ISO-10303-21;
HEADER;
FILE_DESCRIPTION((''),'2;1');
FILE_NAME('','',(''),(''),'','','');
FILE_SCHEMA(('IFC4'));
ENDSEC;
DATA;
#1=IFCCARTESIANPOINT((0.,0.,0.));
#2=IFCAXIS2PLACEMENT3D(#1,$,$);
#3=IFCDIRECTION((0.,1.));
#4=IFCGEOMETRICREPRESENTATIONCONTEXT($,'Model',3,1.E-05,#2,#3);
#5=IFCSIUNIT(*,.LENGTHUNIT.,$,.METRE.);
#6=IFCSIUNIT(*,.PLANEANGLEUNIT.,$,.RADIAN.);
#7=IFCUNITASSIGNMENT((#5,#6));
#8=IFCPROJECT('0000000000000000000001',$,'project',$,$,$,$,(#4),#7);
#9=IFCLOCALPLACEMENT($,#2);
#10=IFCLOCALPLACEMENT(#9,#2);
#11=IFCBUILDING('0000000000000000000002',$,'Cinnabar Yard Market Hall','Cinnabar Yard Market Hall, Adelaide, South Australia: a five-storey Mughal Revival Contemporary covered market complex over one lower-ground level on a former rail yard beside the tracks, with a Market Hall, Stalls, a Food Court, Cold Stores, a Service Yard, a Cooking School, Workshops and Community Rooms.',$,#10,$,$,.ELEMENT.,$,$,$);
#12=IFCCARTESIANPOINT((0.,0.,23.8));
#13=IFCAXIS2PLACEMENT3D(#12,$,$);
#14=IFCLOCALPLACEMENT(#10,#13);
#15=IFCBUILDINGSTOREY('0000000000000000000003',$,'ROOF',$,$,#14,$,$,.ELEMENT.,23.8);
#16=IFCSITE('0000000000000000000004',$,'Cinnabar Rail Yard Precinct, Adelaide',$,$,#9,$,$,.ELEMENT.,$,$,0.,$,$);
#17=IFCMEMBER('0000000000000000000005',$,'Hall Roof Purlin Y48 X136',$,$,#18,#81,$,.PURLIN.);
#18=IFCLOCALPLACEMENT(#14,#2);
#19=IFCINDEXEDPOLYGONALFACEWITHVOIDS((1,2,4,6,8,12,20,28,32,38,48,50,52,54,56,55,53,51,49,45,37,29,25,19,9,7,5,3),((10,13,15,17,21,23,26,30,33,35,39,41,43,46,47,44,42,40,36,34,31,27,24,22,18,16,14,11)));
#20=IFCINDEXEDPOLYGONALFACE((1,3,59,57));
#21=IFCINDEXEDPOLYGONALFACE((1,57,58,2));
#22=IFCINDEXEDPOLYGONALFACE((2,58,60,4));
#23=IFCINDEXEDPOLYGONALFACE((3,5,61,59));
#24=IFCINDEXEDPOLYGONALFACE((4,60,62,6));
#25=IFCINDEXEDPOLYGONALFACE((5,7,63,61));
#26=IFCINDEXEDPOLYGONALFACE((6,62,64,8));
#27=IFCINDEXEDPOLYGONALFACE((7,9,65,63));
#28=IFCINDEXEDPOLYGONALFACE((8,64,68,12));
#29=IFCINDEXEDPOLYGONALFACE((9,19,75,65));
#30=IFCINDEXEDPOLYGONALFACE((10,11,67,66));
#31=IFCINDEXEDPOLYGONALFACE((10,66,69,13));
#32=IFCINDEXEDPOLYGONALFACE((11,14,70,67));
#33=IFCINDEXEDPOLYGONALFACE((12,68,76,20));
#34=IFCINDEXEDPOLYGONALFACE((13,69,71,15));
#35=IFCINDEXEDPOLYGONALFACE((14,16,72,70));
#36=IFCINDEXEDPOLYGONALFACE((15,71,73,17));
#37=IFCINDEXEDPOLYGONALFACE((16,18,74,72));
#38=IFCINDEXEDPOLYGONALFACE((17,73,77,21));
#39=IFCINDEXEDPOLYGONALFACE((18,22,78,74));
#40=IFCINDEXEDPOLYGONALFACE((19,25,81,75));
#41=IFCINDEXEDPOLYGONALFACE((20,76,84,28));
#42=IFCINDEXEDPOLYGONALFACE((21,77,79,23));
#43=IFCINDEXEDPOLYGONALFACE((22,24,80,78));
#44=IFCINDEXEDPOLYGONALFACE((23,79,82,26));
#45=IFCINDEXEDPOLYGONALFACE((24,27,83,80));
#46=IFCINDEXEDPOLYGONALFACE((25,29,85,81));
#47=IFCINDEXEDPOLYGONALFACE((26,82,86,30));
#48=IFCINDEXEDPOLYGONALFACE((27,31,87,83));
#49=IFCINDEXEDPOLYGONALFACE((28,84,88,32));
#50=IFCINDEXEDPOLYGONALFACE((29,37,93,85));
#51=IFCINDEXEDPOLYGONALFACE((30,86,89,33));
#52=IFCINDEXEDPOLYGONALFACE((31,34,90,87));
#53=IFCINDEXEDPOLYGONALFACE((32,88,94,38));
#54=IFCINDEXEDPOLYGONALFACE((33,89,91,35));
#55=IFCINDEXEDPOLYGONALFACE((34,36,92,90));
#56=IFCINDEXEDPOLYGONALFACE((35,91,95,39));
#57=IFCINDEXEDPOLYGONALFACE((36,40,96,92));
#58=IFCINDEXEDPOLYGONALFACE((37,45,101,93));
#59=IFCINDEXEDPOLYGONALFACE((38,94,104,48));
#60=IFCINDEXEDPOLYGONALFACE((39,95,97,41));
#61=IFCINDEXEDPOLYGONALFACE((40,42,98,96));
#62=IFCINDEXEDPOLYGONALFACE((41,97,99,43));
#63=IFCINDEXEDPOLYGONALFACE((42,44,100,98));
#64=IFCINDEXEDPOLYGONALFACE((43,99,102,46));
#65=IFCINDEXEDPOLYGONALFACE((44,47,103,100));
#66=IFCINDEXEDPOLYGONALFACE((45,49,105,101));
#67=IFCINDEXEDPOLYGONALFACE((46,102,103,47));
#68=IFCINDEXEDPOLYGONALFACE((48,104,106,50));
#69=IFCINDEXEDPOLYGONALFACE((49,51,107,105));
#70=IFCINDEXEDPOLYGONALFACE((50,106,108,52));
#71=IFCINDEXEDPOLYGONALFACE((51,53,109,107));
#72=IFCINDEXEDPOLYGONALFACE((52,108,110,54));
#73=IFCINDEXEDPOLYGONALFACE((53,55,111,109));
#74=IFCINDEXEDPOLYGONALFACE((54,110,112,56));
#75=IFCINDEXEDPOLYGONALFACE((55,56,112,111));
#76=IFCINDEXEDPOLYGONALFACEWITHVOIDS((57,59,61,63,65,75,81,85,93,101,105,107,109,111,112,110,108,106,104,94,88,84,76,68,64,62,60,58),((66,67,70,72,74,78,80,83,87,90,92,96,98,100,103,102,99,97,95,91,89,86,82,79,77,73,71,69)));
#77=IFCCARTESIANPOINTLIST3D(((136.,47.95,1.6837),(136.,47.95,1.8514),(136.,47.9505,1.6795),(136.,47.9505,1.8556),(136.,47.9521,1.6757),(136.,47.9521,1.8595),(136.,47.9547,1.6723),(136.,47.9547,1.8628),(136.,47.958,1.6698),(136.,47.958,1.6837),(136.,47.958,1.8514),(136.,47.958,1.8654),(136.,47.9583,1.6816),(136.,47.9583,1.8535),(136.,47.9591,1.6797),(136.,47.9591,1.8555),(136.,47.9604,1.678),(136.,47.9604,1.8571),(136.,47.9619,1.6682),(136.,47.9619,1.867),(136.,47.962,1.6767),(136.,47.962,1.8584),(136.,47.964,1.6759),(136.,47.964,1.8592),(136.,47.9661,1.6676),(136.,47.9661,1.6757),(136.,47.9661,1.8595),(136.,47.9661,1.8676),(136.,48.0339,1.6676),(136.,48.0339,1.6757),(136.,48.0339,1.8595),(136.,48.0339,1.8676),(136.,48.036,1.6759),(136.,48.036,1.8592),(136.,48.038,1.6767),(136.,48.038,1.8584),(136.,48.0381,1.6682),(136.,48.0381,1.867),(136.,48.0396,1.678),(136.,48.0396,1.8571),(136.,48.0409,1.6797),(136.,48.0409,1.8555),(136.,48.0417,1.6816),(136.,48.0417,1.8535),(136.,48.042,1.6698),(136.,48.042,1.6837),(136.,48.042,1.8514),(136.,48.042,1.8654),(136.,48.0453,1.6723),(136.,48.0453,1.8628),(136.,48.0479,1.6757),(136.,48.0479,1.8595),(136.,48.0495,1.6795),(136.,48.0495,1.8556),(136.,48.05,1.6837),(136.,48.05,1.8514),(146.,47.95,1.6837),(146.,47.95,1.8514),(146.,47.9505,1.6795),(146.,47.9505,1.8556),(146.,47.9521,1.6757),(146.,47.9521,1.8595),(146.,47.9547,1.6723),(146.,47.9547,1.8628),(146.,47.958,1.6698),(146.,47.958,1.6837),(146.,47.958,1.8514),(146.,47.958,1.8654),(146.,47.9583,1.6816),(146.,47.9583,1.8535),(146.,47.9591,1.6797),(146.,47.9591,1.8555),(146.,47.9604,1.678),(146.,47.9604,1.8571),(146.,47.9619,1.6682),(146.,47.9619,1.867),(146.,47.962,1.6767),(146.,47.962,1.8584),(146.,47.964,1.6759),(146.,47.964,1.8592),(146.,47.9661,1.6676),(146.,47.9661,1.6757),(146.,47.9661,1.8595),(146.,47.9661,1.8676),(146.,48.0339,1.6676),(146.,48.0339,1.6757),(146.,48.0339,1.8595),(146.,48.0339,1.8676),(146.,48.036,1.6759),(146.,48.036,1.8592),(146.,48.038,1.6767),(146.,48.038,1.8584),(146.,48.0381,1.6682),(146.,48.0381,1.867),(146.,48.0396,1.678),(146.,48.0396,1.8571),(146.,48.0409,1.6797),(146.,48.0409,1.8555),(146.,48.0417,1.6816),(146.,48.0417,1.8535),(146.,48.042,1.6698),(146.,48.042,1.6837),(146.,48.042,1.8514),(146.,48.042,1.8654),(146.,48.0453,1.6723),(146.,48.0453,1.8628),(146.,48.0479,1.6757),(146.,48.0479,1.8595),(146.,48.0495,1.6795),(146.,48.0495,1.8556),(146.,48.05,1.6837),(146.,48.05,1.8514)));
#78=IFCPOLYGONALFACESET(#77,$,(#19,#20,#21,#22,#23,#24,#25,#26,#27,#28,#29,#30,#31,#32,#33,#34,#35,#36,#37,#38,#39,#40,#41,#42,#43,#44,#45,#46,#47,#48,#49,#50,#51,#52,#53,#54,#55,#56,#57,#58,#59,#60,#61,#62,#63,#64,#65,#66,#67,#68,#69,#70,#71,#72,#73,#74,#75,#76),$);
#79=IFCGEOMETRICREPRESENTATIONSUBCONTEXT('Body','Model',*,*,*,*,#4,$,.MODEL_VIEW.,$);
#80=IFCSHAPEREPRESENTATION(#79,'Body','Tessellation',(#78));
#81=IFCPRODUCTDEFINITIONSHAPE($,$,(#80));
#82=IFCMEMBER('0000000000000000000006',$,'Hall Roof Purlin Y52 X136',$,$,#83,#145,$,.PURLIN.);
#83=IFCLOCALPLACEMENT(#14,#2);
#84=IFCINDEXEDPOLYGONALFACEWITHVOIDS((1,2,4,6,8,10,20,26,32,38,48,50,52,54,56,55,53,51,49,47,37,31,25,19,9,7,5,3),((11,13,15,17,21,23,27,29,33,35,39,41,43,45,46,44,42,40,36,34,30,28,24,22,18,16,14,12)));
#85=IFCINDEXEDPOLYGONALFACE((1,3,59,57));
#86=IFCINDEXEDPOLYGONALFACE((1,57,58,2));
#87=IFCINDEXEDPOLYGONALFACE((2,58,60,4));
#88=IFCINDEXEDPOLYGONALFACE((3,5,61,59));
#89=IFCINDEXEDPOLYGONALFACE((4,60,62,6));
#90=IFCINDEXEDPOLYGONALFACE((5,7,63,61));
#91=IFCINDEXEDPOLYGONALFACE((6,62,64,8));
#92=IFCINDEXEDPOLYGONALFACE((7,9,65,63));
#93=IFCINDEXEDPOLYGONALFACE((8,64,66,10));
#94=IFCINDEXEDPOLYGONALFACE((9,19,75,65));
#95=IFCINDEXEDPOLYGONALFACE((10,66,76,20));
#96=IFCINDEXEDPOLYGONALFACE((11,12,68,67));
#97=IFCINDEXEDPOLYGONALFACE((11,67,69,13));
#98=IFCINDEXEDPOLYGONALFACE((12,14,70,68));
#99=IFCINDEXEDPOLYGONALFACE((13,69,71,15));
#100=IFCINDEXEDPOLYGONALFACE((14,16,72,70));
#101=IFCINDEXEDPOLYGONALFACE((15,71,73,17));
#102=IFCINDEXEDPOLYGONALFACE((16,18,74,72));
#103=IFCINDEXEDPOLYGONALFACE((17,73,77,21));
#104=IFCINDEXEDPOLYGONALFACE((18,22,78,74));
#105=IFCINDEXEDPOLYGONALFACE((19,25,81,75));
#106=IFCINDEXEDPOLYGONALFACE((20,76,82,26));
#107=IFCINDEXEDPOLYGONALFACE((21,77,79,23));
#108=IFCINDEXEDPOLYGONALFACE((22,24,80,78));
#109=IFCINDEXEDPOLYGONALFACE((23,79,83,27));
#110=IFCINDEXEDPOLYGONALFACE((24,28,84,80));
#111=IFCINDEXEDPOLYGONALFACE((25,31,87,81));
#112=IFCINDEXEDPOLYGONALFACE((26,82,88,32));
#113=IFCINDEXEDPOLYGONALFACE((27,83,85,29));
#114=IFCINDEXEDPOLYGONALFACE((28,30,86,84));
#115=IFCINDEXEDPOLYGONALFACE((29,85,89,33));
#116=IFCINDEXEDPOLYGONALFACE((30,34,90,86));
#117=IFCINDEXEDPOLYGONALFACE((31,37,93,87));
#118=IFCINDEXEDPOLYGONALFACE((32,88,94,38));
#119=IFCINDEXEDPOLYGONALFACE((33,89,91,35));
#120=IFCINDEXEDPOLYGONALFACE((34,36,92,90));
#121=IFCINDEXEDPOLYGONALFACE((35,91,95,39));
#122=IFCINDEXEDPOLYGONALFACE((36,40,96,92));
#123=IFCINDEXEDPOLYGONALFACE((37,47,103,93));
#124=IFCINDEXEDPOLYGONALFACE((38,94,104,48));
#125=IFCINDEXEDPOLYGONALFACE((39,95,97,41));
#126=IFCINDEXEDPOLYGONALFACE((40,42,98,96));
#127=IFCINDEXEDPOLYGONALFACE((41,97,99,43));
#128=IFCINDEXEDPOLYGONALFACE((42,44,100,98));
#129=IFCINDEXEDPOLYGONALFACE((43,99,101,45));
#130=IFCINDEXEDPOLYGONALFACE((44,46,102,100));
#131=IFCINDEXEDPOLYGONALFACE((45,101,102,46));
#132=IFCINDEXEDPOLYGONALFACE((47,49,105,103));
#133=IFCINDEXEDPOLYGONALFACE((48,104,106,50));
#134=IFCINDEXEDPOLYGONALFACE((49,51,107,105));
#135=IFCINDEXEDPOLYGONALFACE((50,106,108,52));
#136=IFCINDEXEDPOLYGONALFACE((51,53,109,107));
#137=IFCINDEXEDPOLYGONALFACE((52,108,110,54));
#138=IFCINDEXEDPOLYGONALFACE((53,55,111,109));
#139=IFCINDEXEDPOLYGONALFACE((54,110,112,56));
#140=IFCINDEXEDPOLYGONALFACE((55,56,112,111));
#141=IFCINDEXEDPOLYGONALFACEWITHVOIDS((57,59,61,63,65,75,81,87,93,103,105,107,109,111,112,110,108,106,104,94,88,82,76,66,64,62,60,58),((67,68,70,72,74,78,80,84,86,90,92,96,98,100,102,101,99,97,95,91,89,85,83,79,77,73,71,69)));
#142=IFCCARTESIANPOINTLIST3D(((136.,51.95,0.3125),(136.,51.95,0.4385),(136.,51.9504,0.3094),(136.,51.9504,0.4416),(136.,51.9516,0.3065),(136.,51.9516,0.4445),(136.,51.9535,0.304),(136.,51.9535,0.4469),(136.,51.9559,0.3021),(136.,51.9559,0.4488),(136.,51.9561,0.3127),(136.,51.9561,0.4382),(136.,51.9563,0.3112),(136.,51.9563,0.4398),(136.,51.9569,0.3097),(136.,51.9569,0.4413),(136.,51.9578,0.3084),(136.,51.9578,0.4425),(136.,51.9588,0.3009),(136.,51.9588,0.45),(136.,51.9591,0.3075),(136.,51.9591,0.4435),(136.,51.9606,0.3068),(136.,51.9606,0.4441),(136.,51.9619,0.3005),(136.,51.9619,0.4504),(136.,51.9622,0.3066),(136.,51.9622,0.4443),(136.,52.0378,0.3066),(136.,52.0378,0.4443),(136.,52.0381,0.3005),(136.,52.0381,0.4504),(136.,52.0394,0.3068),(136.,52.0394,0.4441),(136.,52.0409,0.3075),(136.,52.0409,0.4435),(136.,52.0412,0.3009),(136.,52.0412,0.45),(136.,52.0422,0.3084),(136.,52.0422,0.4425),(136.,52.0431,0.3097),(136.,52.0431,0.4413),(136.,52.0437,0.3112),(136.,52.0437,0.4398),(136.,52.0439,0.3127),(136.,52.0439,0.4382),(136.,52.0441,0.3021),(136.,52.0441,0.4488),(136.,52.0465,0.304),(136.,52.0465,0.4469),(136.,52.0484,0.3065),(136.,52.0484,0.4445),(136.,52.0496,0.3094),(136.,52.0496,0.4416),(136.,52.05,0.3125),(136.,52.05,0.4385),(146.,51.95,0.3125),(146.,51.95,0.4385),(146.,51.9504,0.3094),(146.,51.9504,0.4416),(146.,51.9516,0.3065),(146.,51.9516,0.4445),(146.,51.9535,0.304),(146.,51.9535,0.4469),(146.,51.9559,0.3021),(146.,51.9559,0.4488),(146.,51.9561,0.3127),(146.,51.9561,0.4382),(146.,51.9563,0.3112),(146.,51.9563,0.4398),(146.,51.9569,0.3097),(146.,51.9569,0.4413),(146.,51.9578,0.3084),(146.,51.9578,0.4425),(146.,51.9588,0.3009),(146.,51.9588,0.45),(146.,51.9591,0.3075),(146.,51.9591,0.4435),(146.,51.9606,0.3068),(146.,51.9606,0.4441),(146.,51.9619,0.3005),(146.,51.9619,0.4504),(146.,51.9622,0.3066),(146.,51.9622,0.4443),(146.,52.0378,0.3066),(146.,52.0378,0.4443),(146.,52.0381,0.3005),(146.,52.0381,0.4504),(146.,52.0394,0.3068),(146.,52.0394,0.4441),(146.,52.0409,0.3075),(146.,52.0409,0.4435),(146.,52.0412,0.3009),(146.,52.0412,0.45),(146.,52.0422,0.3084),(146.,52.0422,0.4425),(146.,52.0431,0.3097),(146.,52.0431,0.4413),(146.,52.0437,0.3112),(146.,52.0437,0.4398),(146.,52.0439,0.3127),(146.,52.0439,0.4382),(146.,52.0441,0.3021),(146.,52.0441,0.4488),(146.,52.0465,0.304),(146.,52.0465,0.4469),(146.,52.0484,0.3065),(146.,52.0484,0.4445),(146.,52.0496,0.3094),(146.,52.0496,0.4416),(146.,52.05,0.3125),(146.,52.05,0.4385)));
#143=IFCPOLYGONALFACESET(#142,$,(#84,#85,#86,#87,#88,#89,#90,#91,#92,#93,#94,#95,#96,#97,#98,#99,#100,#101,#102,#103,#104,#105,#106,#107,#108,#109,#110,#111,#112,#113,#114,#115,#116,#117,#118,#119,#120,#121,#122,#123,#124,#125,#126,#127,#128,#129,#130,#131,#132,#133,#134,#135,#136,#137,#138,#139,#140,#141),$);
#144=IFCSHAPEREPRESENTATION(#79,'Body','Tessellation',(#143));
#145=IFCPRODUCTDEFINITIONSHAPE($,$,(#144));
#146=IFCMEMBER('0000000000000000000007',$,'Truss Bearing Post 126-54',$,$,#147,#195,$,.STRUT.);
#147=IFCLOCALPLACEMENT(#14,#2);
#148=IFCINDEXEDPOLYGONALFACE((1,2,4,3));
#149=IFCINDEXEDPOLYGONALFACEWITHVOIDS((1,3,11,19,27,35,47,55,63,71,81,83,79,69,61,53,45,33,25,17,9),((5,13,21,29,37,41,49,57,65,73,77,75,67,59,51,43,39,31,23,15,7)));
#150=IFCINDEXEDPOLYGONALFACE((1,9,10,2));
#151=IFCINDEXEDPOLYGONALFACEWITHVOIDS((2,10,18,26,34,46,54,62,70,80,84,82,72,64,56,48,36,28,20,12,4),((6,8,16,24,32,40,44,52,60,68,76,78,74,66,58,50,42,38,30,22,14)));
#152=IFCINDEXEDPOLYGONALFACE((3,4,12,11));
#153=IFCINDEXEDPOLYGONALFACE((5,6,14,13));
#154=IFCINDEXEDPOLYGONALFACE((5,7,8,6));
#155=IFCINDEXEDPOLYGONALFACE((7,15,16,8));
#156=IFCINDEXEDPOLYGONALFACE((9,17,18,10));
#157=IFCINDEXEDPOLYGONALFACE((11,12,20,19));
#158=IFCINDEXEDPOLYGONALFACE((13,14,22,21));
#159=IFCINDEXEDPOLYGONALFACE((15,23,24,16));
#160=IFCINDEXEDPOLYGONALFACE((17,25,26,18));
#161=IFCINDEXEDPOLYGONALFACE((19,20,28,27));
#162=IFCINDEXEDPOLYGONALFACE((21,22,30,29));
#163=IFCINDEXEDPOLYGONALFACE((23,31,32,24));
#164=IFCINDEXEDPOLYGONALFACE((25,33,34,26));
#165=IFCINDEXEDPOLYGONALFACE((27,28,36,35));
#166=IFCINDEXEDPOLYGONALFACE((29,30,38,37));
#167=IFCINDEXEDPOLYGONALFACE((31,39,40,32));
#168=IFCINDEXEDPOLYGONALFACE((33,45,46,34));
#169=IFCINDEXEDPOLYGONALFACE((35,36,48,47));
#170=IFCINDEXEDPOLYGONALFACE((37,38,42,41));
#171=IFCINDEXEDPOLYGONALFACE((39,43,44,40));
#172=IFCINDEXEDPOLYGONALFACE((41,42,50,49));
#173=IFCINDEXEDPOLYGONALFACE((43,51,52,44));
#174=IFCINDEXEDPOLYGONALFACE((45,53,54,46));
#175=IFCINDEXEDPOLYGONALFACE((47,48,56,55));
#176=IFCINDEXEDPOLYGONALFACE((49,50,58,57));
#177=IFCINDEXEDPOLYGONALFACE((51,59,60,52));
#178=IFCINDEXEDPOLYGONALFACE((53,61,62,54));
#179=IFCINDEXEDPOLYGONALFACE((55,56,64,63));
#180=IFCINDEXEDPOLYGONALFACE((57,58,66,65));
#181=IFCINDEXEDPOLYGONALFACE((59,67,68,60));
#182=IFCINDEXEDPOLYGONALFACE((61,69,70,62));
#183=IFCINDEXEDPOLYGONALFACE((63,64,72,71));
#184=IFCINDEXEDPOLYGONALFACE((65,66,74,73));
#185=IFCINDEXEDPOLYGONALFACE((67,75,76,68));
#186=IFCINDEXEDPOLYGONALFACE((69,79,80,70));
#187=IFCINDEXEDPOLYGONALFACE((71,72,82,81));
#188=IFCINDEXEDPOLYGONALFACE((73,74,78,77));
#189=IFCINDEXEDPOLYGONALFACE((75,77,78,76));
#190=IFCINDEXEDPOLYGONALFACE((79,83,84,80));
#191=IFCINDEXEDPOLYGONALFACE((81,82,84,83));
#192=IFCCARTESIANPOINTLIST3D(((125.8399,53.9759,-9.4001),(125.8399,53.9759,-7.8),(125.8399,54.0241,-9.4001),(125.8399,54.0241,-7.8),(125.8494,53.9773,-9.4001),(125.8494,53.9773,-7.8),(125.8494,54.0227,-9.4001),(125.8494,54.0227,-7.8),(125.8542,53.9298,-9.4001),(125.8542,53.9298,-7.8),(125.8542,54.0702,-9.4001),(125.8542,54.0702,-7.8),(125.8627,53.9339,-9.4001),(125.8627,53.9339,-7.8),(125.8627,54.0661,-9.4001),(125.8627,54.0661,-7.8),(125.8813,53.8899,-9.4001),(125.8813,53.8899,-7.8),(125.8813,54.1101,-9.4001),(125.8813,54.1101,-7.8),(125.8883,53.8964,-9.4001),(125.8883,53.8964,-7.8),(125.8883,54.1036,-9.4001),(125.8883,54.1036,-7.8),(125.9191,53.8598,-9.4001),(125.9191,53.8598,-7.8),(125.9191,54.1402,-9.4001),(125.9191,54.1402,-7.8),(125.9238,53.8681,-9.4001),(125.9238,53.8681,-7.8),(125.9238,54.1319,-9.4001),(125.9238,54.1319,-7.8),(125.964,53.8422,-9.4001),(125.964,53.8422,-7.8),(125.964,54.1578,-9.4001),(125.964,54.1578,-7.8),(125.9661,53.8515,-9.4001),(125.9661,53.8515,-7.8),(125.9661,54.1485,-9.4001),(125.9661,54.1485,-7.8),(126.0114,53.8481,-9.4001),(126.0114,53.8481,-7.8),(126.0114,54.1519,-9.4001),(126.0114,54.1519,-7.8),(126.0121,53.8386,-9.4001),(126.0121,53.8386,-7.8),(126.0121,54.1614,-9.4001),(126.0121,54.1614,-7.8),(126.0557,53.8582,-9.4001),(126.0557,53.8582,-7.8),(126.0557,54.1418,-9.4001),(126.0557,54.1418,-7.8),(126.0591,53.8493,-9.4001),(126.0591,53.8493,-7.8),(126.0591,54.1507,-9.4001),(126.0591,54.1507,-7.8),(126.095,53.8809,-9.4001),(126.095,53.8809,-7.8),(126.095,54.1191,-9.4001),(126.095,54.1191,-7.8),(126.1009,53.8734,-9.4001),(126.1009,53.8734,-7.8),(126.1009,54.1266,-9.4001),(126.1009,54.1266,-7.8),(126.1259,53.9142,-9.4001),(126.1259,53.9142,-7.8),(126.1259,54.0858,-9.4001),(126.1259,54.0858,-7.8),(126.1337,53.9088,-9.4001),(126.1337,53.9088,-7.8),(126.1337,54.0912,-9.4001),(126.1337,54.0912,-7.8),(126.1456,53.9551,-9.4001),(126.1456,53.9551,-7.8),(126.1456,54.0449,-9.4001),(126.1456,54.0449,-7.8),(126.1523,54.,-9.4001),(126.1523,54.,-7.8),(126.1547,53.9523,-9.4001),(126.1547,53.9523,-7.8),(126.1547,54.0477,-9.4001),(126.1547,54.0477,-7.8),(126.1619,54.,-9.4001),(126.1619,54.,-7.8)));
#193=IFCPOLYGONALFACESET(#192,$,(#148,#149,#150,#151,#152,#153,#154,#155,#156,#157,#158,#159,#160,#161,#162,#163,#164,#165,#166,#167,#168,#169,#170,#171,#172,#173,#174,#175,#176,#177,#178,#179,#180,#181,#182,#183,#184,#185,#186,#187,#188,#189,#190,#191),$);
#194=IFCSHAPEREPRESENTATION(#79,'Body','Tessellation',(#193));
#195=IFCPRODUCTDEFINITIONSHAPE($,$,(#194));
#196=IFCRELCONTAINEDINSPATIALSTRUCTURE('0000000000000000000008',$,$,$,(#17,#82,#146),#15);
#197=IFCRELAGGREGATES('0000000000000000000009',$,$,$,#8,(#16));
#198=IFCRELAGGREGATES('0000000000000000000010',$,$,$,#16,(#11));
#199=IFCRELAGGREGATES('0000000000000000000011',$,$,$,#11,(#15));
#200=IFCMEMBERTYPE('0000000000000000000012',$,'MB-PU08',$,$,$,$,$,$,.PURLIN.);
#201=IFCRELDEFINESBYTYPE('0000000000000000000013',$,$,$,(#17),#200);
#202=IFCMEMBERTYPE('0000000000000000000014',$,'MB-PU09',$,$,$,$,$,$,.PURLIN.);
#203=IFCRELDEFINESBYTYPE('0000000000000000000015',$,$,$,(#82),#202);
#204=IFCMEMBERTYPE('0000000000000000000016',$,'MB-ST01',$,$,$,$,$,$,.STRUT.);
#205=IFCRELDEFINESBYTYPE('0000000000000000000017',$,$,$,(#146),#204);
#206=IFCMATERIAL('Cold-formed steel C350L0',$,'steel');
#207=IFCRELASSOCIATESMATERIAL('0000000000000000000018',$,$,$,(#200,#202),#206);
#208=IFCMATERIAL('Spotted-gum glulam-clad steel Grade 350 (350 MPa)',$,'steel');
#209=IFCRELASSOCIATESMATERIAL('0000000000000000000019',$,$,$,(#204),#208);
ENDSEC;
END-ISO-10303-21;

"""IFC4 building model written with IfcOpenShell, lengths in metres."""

from ifc_helpers import new_model, si_unit, direction, frame, origin, origin_2d_with_axis, place, context, subcontext, project, spatial, hollow_rectangle, hollow_circle, extrude, material, material_profile, profile_set, type_object, element, save


model = new_model("IFC4")

# Units and contexts
model_context = context("Model", 3, precision=1e-05, world=origin(), true_north=direction((0.0, 1.0)))
body_context = subcontext(model_context, "Body", "Model", "MODEL_VIEW")
ifc_project = project(units=[si_unit("LENGTHUNIT", "METRE"), si_unit("PLANEANGLEUNIT", "RADIAN")], contexts=[model_context])

# Site, building, storey
site_placement = place(None, origin())
site = spatial("IfcSite", under=ifc_project, at=site_placement, Name="Cinnabar Rail Yard Precinct, Adelaide", CompositionType="ELEMENT", RefElevation=0.0)
building_placement = place(site_placement, origin())
building = spatial("IfcBuilding", under=site, at=building_placement, Name="Cinnabar Yard Market Hall", Description="Cinnabar Yard Market Hall, Adelaide, South Australia: a five-storey Mughal Revival Contemporary covered market complex over one lower-ground level on a former rail yard beside the tracks, with a Market Hall, Stalls, a Food Court, Cold Stores, a Service Yard, a Cooking School, Workshops and Community Rooms.", CompositionType="ELEMENT")
storey_placement = place(building_placement, frame((0.0, 0.0, 23.8)))
storey = spatial("IfcBuildingStorey", under=building, at=storey_placement, Name="ROOF", CompositionType="ELEMENT", Elevation=23.8)

# Members
ifc_material_1 = material(Name="Cold-formed steel C350L0", Category="steel")
ifc_material_profile_1 = material_profile(ifc_material_1, hollow_rectangle(XDim=0.1001, YDim=0.2, WallThickness=0.0081, InnerFilletRadius=0.0081, OuterFilletRadius=0.0161, at=origin_2d_with_axis()), Name="200x100x8.0RHS")
ifc_profile_set_1 = profile_set([ifc_material_profile_1], Name="Cold-formed steel C350L0")
member_type_1 = type_object("IfcMemberType", Name="MB-PU08", PredefinedType="PURLIN", material=ifc_profile_set_1)
member_1_placement = place(storey_placement, frame((136.0, 48.0, 1.7676), z_axis=(1.0, 0.0, 0.0), x_axis=(0.0, 1.0, 0.0)))
element("IfcMember", 1, at=member_1_placement, inside=storey, type_object=member_type_1, Name="Hall Roof Purlin Y48 X136", PredefinedType="PURLIN", context=body_context, shape_type="SweptSolid", body=[
    extrude(hollow_rectangle(XDim=0.1001, YDim=0.2, WallThickness=0.0081, InnerFilletRadius=0.0081, OuterFilletRadius=0.0161, at=origin_2d_with_axis()), origin(), (0.0, 0.0, 1.0), 10.0),
])
ifc_material_profile_2 = material_profile(ifc_material_1, hollow_rectangle(XDim=0.1001, YDim=0.1499, WallThickness=0.0061, InnerFilletRadius=0.0061, OuterFilletRadius=0.012, at=origin_2d_with_axis()), Name="150x100x6.0RHS")
ifc_profile_set_2 = profile_set([ifc_material_profile_2], Name="Cold-formed steel C350L0")
member_type_2 = type_object("IfcMemberType", Name="MB-PU09", PredefinedType="PURLIN", material=ifc_profile_set_2)
member_2_placement = place(storey_placement, frame((136.0, 52.0, 0.3755), z_axis=(1.0, 0.0, 0.0), x_axis=(0.0, 1.0, 0.0)))
element("IfcMember", 2, at=member_2_placement, inside=storey, type_object=member_type_2, Name="Hall Roof Purlin Y52 X136", PredefinedType="PURLIN", context=body_context, shape_type="SweptSolid", body=[
    extrude(hollow_rectangle(XDim=0.1001, YDim=0.1499, WallThickness=0.0061, InnerFilletRadius=0.0061, OuterFilletRadius=0.012, at=origin_2d_with_axis()), origin(), (0.0, 0.0, 1.0), 10.0),
])
ifc_material_2 = material(Name="Spotted-gum glulam-clad steel Grade 350 (350 MPa)", Category="steel")
ifc_material_profile_3 = material_profile(ifc_material_2, hollow_circle(Radius=0.1619, WallThickness=0.0095, at=origin_2d_with_axis()), Name="323.9x9.5CHS")
ifc_profile_set_3 = profile_set([ifc_material_profile_3], Name="Spotted-gum glulam-clad steel Grade 350 (350 MPa)")
member_type_3 = type_object("IfcMemberType", Name="MB-ST01", PredefinedType="STRUT", material=ifc_profile_set_3)
for number, where, z_axis, x_axis, name in (
    (3, (126.0, 54.0, -9.4001), (0.0, 0.0, 1.0), (1.0, 0.0, 0.0), "Truss Bearing Post 126-54"),
):
    element("IfcMember", number, at=place(storey_placement, frame(where, z_axis=z_axis, x_axis=x_axis)), inside=storey, type_object=member_type_3, Name=name, PredefinedType="STRUT", context=body_context, shape_type="SweptSolid", body=[
        extrude(hollow_circle(Radius=0.1619, WallThickness=0.0095, at=origin_2d_with_axis()), origin(), (0.0, 0.0, 1.0), 1.6001),
    ])

save(model, "model.ifc")
